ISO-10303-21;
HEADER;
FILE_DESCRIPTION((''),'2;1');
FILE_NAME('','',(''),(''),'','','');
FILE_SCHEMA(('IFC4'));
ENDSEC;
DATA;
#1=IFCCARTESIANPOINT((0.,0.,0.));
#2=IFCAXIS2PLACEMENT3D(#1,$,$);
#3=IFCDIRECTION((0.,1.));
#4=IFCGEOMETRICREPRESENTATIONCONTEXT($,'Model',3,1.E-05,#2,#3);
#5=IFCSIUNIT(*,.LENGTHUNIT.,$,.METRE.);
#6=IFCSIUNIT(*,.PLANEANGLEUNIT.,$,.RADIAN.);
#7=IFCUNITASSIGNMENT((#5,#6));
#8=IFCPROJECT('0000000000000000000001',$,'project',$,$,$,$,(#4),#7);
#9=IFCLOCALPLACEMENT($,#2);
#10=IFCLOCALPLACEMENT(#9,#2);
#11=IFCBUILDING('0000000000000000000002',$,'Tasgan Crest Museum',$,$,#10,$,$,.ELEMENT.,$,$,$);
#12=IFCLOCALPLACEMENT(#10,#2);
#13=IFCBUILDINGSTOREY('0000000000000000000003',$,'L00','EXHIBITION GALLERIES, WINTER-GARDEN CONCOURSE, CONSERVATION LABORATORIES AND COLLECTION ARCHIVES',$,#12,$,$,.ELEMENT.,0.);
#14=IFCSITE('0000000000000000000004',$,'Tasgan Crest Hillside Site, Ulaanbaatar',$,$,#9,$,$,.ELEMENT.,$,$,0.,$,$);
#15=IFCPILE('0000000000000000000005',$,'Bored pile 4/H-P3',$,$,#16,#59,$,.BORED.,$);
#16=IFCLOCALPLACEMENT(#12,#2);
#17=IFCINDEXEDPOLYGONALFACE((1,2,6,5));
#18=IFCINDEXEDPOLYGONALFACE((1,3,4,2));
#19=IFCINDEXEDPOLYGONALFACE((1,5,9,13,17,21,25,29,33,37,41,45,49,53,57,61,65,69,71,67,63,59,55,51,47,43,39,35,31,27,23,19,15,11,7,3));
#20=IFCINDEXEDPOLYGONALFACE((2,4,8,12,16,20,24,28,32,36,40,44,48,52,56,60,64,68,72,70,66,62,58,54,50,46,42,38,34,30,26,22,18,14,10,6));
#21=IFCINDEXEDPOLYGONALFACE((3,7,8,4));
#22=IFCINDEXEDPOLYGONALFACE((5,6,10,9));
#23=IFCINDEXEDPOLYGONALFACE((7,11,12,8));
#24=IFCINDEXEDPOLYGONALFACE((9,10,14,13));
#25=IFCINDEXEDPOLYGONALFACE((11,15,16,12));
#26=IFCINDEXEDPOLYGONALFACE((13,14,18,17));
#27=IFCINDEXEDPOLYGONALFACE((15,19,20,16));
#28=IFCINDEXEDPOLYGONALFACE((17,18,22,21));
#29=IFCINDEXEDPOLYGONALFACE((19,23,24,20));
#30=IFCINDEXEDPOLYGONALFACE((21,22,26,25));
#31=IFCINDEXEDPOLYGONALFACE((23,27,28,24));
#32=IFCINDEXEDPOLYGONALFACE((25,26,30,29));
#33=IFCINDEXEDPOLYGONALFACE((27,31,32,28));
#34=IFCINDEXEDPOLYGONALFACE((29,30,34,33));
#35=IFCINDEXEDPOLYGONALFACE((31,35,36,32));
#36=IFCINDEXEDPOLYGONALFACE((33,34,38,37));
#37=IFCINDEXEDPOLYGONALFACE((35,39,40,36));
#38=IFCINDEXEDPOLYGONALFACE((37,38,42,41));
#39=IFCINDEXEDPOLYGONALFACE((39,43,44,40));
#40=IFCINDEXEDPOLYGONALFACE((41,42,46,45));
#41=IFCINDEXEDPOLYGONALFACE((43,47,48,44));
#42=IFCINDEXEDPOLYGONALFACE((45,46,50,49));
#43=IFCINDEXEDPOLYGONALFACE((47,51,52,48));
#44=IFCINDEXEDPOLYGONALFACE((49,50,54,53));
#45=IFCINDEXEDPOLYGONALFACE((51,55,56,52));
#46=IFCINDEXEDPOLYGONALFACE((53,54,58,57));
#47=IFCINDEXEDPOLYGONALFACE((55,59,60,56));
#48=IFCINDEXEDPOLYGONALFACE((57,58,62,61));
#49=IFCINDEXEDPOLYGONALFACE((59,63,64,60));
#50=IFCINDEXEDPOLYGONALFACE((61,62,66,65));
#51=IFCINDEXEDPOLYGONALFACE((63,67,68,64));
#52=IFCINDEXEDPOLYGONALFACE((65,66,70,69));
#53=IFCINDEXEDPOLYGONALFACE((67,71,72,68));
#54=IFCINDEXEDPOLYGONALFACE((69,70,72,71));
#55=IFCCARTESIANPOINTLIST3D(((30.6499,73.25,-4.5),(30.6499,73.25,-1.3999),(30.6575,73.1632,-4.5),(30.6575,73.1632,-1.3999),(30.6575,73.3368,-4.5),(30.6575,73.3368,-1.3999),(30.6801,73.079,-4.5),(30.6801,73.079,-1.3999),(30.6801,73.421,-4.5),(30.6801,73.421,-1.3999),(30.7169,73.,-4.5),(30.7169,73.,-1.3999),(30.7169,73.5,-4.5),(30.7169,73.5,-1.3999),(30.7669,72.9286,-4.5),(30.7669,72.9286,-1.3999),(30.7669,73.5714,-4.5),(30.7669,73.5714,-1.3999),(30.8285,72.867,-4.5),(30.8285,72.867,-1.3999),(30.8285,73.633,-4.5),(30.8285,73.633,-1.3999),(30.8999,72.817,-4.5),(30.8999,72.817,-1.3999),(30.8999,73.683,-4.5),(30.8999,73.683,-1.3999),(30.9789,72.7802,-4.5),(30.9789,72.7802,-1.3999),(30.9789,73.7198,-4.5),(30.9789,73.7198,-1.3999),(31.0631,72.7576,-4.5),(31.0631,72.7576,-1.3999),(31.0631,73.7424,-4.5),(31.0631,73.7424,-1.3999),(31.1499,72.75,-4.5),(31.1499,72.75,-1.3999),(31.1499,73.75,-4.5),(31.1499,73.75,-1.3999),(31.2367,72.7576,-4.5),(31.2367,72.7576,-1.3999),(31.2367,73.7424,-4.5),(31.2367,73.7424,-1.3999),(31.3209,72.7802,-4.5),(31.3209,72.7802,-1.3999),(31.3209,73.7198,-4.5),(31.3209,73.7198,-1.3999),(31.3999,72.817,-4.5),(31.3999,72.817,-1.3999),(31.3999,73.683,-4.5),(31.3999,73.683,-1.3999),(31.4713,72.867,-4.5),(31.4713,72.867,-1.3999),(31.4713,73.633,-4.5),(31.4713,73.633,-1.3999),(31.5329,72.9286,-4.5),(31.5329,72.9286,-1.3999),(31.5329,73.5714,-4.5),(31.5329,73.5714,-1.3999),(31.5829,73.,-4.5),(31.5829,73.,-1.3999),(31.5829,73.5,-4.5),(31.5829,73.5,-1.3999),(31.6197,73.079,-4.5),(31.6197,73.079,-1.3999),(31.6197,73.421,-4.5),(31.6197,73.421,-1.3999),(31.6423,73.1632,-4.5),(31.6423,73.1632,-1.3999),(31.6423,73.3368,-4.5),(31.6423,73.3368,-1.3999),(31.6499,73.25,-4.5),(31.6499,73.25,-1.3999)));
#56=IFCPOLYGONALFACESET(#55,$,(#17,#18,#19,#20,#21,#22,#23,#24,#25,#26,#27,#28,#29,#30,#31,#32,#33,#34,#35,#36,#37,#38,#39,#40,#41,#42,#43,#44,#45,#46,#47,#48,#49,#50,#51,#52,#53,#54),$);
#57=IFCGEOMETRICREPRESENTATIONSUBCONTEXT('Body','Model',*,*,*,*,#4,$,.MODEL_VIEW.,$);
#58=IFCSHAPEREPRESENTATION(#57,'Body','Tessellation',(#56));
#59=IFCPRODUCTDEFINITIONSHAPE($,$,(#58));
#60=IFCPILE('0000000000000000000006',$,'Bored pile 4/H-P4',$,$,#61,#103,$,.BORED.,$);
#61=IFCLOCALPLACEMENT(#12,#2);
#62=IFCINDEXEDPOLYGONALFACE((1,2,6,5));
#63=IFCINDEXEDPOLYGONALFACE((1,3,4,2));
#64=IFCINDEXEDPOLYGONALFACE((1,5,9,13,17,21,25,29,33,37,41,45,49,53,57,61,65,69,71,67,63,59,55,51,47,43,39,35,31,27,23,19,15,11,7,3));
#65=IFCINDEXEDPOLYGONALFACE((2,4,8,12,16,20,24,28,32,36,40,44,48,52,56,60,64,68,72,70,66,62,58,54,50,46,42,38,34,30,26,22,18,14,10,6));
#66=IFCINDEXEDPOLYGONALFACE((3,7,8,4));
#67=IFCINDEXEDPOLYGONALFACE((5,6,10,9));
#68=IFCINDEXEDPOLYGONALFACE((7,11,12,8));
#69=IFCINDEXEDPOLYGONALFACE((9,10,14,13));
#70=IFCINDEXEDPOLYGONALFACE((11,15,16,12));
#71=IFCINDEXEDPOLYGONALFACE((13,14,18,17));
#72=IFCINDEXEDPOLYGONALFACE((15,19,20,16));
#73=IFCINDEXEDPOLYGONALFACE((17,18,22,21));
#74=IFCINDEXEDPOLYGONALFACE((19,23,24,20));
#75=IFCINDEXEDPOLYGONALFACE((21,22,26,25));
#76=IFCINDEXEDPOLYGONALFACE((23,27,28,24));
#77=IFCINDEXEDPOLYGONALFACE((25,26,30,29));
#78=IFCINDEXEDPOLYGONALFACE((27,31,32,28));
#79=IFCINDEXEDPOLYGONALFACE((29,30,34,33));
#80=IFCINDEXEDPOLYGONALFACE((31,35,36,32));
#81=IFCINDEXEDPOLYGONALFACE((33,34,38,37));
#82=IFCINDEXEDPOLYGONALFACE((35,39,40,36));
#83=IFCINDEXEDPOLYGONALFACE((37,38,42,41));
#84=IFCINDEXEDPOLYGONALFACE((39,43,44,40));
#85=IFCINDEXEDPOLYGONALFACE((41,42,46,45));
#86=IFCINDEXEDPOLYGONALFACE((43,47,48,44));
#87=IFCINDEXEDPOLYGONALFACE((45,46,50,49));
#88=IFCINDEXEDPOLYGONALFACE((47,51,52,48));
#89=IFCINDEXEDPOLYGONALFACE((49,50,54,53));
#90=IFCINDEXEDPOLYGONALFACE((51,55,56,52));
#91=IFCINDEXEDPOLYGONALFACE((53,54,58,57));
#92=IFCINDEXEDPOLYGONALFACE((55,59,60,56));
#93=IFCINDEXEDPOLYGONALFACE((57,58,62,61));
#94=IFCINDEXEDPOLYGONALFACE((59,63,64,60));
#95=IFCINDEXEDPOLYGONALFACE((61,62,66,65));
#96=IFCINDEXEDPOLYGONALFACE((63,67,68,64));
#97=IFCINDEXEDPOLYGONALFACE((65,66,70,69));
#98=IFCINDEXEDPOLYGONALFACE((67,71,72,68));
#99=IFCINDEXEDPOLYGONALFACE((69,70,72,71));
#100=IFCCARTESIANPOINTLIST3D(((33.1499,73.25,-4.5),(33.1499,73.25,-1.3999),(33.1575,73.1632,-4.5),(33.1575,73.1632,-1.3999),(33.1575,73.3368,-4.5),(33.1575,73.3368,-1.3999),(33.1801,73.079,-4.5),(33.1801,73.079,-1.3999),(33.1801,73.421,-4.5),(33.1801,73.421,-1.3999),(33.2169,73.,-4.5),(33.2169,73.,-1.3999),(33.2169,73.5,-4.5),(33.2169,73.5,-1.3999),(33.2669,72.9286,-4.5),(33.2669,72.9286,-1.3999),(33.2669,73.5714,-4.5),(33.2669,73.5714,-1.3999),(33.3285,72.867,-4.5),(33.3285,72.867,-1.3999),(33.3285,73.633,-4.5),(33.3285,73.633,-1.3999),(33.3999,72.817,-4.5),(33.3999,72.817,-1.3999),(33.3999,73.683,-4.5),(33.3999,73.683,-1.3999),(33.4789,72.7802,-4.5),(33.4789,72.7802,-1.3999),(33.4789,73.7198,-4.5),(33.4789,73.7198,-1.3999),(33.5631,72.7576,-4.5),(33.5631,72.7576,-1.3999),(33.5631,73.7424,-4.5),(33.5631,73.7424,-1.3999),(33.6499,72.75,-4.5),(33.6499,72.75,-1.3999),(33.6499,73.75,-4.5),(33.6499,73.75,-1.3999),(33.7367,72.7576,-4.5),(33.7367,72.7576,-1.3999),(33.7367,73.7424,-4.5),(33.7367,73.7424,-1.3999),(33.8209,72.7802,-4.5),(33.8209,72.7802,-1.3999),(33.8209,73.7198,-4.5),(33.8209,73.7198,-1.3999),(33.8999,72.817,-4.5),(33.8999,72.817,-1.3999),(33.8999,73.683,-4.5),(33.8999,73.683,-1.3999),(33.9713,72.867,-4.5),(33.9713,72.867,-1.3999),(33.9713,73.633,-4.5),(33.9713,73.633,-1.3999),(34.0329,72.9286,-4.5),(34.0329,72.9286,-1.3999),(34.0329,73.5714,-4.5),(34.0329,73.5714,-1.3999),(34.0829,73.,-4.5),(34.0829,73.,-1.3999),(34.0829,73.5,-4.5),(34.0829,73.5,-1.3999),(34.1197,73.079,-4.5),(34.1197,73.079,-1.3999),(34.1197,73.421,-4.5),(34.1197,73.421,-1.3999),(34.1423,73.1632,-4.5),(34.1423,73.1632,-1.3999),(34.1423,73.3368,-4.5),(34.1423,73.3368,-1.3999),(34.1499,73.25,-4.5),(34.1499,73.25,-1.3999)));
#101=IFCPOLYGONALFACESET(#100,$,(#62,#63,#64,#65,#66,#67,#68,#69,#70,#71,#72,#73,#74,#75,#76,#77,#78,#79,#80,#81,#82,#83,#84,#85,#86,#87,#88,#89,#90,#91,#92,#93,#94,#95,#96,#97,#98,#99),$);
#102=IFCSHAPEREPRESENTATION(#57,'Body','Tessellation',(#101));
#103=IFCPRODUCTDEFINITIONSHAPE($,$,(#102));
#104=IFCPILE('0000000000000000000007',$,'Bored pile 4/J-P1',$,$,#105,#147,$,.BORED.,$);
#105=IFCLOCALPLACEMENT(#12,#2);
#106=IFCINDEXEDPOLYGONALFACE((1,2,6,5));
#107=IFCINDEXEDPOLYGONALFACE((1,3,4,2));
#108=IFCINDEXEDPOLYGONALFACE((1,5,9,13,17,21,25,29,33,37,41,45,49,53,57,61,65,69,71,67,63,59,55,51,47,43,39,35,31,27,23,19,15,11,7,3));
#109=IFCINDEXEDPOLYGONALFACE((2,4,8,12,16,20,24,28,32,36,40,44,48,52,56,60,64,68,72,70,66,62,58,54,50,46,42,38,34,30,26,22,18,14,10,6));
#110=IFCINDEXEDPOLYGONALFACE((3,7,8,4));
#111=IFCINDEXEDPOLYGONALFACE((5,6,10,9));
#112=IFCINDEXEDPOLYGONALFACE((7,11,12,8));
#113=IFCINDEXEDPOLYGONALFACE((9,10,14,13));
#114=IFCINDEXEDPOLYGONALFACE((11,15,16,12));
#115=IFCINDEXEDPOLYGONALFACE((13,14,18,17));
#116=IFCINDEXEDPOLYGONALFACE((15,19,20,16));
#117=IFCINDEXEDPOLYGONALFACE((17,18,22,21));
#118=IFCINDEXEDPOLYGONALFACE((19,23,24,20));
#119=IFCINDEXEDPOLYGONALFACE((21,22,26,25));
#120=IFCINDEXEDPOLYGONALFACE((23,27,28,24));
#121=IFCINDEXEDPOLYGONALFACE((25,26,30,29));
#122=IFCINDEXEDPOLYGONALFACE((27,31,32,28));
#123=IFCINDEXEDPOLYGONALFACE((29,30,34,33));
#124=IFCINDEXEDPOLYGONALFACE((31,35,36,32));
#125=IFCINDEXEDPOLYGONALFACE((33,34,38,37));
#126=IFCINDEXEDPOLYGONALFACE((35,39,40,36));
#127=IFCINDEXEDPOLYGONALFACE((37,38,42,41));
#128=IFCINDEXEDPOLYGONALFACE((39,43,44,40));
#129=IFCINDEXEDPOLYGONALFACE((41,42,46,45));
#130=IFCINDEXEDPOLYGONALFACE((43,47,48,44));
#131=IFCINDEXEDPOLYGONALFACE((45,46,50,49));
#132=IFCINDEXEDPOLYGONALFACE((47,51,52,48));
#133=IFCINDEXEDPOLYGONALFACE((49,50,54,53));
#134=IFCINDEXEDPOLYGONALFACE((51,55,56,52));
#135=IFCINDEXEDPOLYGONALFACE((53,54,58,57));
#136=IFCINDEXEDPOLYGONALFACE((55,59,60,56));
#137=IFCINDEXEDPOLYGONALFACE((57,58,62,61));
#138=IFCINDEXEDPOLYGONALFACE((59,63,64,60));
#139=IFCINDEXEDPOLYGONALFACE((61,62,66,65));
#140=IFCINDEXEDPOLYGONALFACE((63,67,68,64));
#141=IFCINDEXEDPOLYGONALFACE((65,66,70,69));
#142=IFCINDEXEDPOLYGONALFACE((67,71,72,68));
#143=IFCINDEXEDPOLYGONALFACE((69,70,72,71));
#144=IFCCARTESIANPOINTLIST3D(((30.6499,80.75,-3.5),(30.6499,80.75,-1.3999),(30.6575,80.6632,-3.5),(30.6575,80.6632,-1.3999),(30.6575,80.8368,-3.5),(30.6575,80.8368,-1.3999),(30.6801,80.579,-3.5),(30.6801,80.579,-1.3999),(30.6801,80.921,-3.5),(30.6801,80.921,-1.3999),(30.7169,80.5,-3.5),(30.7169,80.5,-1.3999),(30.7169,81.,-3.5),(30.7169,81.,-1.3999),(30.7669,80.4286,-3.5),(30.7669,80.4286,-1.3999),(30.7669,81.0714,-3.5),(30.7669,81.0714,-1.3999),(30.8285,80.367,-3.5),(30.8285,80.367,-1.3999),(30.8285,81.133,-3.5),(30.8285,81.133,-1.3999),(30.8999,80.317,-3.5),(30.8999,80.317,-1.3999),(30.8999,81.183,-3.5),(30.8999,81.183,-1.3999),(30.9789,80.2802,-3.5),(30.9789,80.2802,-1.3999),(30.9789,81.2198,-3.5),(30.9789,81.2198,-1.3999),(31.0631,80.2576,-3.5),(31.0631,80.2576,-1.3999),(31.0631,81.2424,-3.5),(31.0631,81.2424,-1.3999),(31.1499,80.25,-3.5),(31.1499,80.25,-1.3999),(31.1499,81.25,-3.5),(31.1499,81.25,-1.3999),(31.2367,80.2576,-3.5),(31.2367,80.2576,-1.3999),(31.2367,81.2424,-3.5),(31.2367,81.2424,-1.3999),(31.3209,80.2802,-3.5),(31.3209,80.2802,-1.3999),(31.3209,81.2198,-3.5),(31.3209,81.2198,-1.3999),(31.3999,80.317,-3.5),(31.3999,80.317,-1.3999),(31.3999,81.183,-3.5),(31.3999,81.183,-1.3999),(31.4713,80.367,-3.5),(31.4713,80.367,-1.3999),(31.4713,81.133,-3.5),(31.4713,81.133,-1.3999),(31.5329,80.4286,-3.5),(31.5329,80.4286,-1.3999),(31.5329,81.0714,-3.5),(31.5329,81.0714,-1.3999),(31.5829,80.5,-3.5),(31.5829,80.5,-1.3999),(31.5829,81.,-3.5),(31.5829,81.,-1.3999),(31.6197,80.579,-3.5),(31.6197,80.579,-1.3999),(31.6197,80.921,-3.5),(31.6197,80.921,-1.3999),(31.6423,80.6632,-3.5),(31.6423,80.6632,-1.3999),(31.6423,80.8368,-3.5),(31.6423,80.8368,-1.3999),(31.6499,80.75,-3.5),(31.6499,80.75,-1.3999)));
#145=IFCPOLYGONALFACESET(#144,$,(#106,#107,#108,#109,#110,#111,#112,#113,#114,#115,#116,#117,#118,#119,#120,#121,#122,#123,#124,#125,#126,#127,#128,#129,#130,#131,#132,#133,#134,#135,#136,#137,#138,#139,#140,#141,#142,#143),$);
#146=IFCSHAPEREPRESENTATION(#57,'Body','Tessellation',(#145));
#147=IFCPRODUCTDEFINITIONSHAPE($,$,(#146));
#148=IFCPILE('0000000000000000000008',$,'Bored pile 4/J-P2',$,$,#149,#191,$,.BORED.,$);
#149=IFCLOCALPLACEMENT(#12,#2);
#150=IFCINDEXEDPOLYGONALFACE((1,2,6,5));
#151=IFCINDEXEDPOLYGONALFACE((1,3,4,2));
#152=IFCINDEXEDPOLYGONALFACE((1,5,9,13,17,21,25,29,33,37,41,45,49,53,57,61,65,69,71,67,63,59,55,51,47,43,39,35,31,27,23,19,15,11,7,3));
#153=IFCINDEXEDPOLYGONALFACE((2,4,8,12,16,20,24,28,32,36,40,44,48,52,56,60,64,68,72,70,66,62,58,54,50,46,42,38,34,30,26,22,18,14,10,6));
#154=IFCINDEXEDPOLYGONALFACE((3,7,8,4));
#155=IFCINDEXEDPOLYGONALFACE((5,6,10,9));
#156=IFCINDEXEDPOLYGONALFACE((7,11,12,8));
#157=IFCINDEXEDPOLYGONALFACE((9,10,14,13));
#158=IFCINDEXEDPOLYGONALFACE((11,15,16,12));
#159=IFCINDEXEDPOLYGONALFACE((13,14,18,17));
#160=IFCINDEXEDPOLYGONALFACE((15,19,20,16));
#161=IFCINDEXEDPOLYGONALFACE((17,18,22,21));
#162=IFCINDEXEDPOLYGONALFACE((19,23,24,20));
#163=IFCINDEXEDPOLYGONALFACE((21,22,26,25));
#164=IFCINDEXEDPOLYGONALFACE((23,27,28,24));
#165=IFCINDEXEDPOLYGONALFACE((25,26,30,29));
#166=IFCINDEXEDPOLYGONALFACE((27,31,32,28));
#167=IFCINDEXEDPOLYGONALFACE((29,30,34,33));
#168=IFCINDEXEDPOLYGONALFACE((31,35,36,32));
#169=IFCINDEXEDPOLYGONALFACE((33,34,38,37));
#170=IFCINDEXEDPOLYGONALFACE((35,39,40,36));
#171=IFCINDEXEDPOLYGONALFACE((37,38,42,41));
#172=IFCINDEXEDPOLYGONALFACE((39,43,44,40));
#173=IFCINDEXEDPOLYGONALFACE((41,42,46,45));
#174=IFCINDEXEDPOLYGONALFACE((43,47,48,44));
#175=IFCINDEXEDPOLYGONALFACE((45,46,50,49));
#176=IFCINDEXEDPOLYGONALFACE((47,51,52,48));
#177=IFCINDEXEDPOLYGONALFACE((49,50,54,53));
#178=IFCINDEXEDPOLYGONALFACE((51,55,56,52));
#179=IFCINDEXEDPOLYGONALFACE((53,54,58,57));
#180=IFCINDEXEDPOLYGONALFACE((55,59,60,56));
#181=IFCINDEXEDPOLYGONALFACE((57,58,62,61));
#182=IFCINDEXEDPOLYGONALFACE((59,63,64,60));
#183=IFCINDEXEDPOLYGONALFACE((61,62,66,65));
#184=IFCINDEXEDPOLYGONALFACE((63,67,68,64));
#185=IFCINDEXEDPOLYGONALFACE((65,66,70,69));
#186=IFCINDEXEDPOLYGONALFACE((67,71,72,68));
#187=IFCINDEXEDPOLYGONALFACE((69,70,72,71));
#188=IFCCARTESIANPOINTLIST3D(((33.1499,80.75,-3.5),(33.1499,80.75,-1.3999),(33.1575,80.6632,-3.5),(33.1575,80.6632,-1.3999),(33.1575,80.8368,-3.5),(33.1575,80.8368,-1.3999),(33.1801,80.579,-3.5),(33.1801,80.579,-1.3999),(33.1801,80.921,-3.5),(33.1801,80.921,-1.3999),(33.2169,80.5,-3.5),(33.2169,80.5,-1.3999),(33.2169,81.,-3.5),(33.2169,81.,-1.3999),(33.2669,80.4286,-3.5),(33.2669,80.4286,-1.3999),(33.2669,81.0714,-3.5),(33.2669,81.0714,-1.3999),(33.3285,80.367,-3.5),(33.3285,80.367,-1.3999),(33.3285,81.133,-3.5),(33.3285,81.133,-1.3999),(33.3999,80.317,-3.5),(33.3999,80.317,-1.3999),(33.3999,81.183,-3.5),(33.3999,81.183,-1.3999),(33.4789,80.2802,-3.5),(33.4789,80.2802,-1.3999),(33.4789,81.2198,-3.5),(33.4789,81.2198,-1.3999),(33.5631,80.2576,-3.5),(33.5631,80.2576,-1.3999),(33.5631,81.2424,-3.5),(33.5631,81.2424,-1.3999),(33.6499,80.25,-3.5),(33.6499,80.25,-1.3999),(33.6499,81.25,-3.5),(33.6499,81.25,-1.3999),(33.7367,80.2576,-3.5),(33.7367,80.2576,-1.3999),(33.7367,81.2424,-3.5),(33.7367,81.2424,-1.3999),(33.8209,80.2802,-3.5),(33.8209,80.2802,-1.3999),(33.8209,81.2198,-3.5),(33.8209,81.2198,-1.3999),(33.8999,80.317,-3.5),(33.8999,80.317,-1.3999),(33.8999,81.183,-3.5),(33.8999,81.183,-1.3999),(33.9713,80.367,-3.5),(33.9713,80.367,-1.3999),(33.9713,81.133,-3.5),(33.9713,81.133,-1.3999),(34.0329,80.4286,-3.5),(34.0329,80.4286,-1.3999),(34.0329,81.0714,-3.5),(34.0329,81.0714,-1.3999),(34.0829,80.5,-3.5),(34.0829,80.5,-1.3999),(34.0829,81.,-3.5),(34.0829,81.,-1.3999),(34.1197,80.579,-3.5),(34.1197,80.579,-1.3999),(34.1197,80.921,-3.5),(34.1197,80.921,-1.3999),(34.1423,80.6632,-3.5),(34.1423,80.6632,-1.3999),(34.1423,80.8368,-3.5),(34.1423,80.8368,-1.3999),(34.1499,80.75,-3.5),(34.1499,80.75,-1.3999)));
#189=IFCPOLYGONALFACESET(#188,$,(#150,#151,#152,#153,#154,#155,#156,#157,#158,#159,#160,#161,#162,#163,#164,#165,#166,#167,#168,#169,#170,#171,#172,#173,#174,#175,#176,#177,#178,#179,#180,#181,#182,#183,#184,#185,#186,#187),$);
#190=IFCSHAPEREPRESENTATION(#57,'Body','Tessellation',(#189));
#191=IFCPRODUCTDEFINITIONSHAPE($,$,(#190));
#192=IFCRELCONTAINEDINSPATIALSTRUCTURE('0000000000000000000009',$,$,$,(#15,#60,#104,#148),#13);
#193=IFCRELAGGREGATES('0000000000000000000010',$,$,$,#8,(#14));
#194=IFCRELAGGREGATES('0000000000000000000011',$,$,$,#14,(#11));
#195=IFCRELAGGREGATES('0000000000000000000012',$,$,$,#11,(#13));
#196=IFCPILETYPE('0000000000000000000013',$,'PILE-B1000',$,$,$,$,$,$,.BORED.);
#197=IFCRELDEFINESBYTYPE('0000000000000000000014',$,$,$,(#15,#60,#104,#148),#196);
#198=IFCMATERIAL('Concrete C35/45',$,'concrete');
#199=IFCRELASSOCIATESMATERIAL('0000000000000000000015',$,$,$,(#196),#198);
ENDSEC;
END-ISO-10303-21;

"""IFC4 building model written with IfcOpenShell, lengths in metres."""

from ifc_helpers import new_model, si_unit, direction, frame, origin, origin_2d, place, context, subcontext, project, spatial, circle, extrude, material, material_profile, profile_set, type_object, element, save


model = new_model("IFC4")

# Units and contexts
model_context = context("Model", 3, precision=1e-05, world=origin(), true_north=direction((0.0, 1.0)))
body_context = subcontext(model_context, "Body", "Model", "MODEL_VIEW")
ifc_project = project(units=[si_unit("LENGTHUNIT", "METRE"), si_unit("PLANEANGLEUNIT", "RADIAN")], contexts=[model_context])

# Site, building, storey
site_placement = place(None, origin())
site = spatial("IfcSite", under=ifc_project, at=site_placement, Name="Tasgan Crest Hillside Site, Ulaanbaatar", CompositionType="ELEMENT", RefElevation=0.0)
building_placement = place(site_placement, origin())
building = spatial("IfcBuilding", under=site, at=building_placement, Name="Tasgan Crest Museum", CompositionType="ELEMENT")
storey_placement = place(building_placement, origin())
storey = spatial("IfcBuildingStorey", under=building, at=storey_placement, Name="L00", Description="EXHIBITION GALLERIES, WINTER-GARDEN CONCOURSE, CONSERVATION LABORATORIES AND COLLECTION ARCHIVES", CompositionType="ELEMENT", Elevation=0.0)

# Piles
ifc_material_1 = material(Name="Concrete C35/45", Category="concrete")
ifc_material_profile_1 = material_profile(ifc_material_1, circle(Radius=0.5, at=origin_2d()), Name="PILE D1000")
ifc_profile_set_1 = profile_set([ifc_material_profile_1], Name="Concrete C35/45")
pile_type = type_object("IfcPileType", Name="PILE-B1000", PredefinedType="BORED", material=ifc_profile_set_1)
for number, where, z_axis, x_axis, name in (
    (1, (31.1499, 73.25, -1.3999), (0.0, 0.0, -1.0), (1.0, 0.0, 0.0), "Bored pile 4/H-P3"),
    (2, (33.6499, 73.25, -1.3999), (0.0, 0.0, -1.0), (1.0, 0.0, 0.0), "Bored pile 4/H-P4"),
):
    element("IfcPile", number, at=place(storey_placement, frame(where, z_axis=z_axis, x_axis=x_axis)), inside=storey, type_object=pile_type, Name=name, PredefinedType="BORED", context=body_context, shape_type="SweptSolid", body=[
        extrude(circle(Radius=0.5, at=origin_2d()), origin(), (0.0, 0.0, 1.0), 3.1001),
    ])
for number, where, z_axis, x_axis, name in (
    (3, (31.1499, 80.75, -1.3999), (0.0, 0.0, -1.0), (1.0, 0.0, 0.0), "Bored pile 4/J-P1"),
    (4, (33.6499, 80.75, -1.3999), (0.0, 0.0, -1.0), (1.0, 0.0, 0.0), "Bored pile 4/J-P2"),
):
    element("IfcPile", number, at=place(storey_placement, frame(where, z_axis=z_axis, x_axis=x_axis)), inside=storey, type_object=pile_type, Name=name, PredefinedType="BORED", context=body_context, shape_type="SweptSolid", body=[
        extrude(circle(Radius=0.5, at=origin_2d()), origin(), (0.0, 0.0, 1.0), 2.1001),
    ])

save(model, "model.ifc")
